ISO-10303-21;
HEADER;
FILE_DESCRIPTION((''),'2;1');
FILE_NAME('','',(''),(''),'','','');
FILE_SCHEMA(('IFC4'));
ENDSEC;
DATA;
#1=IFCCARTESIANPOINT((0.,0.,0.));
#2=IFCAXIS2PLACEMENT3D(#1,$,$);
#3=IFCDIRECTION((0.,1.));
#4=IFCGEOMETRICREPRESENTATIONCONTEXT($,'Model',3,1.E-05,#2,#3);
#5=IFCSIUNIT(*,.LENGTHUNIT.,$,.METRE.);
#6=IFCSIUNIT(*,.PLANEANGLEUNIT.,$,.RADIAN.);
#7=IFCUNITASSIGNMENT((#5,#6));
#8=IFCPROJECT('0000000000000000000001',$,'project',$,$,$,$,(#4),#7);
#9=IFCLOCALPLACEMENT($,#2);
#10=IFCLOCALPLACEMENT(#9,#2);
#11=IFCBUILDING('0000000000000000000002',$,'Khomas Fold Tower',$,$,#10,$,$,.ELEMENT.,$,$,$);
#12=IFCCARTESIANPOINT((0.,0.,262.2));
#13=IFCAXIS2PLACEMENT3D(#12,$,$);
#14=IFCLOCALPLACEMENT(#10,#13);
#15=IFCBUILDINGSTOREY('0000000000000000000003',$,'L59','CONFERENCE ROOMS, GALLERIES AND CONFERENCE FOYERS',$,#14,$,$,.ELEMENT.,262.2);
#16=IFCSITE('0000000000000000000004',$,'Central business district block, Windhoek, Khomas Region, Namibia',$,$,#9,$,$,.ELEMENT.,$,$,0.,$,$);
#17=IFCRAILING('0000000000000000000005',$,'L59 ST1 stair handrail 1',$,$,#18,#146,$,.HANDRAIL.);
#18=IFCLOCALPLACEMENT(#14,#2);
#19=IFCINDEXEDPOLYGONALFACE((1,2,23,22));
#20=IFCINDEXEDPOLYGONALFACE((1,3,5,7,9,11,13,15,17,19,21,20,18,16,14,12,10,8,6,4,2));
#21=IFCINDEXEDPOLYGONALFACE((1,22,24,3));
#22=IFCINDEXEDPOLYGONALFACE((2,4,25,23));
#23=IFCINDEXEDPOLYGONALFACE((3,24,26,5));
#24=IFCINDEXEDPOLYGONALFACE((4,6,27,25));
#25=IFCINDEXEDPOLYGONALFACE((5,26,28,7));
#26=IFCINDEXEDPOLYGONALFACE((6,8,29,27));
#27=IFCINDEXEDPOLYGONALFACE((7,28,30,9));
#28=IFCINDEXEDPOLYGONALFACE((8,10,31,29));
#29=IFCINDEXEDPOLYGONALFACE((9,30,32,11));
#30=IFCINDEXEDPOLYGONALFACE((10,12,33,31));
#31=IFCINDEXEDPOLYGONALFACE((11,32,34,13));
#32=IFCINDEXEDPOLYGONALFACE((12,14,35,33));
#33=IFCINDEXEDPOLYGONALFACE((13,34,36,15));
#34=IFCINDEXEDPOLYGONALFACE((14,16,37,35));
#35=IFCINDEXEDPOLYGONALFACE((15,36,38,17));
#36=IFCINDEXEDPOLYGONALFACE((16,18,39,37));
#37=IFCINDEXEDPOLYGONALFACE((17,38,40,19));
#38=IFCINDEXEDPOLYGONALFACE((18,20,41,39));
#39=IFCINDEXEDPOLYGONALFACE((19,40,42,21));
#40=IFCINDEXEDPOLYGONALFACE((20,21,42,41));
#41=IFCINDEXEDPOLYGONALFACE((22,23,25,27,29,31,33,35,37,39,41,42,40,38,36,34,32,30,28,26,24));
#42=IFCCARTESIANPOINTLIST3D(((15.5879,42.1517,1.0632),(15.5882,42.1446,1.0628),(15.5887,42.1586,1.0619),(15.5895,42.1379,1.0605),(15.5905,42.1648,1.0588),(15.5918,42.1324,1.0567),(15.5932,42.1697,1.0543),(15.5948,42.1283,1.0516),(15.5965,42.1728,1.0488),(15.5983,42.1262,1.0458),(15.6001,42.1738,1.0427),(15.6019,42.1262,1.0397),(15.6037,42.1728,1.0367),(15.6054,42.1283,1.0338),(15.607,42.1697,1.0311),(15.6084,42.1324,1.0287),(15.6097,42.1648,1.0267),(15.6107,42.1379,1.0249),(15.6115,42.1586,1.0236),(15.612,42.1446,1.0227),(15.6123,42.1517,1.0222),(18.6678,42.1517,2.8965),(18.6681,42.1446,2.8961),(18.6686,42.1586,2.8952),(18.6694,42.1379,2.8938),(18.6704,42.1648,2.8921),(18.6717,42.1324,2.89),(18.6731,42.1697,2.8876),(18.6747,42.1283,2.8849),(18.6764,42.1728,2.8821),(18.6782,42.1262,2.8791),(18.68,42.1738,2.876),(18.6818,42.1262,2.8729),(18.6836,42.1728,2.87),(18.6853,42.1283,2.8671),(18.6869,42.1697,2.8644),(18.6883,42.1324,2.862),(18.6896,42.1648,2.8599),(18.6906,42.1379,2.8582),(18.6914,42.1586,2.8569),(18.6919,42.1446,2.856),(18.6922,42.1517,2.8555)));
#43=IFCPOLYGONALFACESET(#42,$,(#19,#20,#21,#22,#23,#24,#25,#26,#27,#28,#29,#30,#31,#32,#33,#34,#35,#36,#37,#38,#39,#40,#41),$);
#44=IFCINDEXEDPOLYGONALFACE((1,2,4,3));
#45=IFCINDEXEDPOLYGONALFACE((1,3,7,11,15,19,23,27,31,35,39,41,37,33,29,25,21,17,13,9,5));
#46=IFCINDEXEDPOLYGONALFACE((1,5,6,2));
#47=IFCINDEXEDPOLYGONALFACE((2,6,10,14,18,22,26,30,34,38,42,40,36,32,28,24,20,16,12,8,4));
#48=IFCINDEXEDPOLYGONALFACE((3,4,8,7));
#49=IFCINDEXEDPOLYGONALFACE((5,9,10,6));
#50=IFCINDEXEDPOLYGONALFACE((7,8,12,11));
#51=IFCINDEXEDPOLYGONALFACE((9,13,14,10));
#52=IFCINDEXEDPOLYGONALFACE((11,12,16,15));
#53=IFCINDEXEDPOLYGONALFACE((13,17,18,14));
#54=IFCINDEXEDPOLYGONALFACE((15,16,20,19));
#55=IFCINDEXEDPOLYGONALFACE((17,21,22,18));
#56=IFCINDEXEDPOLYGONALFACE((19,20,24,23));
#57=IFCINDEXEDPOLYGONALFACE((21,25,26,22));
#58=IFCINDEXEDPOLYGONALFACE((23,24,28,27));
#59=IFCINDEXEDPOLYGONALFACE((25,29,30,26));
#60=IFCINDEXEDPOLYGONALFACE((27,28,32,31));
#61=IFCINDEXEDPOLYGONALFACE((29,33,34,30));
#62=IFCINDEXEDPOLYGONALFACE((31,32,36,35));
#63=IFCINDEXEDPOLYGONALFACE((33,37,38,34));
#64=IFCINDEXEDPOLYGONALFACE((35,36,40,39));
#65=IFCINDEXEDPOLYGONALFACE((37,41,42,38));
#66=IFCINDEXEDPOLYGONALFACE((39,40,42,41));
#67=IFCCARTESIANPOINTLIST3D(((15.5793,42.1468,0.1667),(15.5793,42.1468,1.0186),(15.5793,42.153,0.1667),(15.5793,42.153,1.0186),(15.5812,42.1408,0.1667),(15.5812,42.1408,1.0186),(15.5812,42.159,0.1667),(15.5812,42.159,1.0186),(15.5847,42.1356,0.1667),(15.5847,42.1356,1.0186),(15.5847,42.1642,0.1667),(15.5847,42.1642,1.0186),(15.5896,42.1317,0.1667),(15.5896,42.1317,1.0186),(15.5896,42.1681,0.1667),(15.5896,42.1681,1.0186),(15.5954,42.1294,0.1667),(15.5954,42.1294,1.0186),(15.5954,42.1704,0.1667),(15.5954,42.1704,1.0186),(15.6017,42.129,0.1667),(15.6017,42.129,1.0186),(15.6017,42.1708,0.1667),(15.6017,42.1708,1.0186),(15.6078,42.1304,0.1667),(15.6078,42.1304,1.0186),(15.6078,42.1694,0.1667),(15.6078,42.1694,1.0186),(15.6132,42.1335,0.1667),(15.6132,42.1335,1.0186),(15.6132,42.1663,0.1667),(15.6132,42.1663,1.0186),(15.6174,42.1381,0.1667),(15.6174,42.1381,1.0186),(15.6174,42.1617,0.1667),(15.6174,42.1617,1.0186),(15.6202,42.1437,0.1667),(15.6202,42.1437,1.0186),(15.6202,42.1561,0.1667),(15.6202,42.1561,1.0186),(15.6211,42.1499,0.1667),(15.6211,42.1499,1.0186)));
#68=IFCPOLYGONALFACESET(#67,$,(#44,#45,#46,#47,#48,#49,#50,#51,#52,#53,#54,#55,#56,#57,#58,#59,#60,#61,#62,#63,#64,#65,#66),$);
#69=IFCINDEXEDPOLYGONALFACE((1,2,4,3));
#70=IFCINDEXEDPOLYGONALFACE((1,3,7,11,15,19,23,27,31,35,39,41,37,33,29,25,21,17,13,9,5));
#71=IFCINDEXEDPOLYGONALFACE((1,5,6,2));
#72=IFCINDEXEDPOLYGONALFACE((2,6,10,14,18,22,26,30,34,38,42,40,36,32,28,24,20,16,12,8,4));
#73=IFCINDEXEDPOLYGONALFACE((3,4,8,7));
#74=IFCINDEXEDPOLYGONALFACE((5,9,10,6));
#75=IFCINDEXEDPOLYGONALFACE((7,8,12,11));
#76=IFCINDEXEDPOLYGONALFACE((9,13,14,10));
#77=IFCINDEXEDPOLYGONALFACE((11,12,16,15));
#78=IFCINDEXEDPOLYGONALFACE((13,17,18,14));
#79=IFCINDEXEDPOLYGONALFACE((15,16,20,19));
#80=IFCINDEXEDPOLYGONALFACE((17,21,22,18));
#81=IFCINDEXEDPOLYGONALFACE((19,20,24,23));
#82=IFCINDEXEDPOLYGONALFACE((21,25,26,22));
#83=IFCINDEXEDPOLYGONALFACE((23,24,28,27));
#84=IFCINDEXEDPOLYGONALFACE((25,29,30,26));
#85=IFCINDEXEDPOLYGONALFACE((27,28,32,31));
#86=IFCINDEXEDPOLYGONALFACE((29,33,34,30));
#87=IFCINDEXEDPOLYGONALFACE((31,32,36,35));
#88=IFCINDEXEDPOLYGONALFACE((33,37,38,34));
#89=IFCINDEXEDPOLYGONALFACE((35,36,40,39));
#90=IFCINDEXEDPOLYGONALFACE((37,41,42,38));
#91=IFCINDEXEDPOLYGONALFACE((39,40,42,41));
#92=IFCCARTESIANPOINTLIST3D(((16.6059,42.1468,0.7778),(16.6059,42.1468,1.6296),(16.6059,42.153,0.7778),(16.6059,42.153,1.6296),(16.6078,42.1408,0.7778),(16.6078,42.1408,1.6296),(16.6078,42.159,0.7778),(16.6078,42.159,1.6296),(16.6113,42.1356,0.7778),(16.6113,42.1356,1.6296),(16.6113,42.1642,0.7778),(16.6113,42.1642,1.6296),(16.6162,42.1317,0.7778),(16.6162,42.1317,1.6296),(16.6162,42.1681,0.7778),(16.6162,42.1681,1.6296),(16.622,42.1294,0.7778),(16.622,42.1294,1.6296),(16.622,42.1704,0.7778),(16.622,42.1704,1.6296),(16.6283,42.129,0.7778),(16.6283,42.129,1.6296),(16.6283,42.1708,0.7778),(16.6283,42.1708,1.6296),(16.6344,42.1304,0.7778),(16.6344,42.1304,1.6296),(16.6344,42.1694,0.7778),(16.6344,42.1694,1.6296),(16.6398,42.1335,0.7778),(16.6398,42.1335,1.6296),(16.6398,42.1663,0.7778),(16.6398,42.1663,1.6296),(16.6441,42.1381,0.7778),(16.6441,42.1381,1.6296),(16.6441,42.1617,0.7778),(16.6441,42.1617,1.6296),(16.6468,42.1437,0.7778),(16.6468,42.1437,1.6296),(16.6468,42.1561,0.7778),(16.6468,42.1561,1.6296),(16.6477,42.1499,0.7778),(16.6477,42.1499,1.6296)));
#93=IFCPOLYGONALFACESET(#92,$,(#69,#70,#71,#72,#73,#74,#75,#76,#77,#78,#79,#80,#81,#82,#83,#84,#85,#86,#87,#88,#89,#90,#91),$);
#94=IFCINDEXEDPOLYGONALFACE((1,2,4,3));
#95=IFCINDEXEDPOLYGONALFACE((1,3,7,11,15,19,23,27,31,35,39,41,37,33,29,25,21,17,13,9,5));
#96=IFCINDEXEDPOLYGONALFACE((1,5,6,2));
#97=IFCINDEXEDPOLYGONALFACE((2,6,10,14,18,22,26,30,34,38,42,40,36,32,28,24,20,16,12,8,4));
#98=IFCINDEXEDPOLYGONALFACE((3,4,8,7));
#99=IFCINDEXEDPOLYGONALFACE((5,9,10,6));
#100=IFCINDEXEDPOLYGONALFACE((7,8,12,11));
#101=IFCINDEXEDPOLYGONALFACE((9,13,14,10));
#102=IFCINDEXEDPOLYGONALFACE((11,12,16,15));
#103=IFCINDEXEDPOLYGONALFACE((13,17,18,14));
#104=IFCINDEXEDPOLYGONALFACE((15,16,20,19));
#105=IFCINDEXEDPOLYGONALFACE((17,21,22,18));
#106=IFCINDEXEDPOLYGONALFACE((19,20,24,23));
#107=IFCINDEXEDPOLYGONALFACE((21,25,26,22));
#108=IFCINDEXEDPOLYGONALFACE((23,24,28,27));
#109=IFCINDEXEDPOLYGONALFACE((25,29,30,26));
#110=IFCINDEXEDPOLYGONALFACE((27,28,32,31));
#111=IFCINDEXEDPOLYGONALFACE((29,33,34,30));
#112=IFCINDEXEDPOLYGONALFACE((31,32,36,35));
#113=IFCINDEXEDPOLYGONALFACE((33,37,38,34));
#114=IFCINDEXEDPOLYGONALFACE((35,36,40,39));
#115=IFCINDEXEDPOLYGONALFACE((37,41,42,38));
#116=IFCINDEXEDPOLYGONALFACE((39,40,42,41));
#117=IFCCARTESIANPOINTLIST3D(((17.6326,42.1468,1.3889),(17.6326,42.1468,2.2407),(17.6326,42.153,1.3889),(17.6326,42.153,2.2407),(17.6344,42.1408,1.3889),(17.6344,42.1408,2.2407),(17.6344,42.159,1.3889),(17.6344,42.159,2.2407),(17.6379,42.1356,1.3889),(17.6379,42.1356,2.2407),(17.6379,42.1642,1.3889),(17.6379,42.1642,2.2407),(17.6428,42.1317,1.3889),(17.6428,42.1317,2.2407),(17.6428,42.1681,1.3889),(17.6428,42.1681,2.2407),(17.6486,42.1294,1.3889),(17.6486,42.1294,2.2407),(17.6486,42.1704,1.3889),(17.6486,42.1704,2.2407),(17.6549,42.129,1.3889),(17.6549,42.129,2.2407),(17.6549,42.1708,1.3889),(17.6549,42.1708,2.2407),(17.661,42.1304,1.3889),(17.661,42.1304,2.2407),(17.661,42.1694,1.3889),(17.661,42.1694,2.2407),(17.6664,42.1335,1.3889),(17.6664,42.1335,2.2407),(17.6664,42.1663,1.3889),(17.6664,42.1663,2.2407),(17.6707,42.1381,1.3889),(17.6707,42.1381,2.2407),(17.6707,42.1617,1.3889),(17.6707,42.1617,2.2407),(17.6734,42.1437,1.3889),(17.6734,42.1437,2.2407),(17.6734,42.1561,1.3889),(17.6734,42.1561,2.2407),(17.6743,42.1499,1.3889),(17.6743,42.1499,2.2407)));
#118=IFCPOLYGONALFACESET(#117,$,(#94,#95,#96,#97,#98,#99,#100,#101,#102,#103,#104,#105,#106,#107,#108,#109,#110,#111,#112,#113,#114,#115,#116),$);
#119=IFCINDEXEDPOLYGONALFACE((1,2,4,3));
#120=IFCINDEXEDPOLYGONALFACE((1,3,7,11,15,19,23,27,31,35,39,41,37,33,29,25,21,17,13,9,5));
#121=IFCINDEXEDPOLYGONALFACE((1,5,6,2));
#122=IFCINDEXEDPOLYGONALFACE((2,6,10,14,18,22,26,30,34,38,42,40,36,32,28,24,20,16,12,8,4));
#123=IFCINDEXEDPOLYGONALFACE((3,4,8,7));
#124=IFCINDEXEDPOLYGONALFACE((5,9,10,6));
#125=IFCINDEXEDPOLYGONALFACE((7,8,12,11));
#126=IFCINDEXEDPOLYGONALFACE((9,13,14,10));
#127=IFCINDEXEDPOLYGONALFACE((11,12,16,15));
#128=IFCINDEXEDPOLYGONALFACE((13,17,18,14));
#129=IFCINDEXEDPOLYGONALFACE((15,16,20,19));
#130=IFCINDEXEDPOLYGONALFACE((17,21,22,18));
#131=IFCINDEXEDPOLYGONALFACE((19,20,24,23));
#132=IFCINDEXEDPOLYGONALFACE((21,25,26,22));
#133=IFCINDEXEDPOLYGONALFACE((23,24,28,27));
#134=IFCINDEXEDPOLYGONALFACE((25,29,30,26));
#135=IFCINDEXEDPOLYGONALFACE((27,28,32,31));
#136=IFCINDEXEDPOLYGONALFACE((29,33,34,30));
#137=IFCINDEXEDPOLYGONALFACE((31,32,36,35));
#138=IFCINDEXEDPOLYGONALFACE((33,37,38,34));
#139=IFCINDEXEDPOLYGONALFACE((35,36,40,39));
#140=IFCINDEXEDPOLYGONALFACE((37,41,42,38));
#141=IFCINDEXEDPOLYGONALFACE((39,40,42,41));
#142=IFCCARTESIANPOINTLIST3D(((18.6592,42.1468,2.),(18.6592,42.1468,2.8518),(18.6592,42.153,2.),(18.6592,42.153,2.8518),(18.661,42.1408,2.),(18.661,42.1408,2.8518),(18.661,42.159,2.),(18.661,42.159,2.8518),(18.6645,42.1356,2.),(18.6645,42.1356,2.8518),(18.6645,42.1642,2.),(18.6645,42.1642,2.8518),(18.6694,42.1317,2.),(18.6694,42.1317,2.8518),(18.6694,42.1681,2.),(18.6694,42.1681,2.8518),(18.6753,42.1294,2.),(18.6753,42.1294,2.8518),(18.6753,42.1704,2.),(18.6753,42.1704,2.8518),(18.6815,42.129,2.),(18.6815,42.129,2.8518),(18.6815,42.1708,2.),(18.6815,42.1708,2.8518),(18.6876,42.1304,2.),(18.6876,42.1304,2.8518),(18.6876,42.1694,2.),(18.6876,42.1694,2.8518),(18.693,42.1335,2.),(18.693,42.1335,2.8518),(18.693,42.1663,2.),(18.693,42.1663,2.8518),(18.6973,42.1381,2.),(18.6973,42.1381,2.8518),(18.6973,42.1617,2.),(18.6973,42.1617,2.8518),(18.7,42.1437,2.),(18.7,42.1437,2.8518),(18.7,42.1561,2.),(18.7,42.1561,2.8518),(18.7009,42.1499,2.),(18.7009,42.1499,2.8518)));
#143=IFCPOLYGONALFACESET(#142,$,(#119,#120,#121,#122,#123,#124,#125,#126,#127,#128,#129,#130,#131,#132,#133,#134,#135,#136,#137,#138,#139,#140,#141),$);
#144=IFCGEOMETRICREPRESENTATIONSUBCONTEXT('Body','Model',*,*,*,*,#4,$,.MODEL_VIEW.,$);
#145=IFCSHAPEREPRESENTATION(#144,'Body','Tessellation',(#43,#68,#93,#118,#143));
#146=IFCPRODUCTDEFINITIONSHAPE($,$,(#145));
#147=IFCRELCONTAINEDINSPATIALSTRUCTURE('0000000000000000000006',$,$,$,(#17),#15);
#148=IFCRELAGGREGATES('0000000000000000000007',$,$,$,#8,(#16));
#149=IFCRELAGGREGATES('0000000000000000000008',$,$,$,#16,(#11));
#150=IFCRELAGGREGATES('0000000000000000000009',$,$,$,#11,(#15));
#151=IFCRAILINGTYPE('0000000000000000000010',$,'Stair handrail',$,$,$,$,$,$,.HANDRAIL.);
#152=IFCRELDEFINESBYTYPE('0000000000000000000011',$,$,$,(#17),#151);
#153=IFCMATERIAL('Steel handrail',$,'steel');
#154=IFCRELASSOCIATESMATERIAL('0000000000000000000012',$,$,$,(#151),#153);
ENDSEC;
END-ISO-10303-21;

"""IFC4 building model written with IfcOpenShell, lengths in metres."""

from ifc_helpers import new_model, si_unit, direction, frame, origin, origin_2d, place, context, subcontext, project, spatial, circle, extrude, source, transform, mapped, material, type_object, element, save


model = new_model("IFC4")

# Units and contexts
model_context = context("Model", 3, precision=1e-05, world=origin(), true_north=direction((0.0, 1.0)))
body_context = subcontext(model_context, "Body", "Model", "MODEL_VIEW")
ifc_project = project(units=[si_unit("LENGTHUNIT", "METRE"), si_unit("PLANEANGLEUNIT", "RADIAN")], contexts=[model_context])

# Site, building, storey
site_placement = place(None, origin())
site = spatial("IfcSite", under=ifc_project, at=site_placement, Name="Central business district block, Windhoek, Khomas Region, Namibia", CompositionType="ELEMENT", RefElevation=0.0)
building_placement = place(site_placement, origin())
building = spatial("IfcBuilding", under=site, at=building_placement, Name="Khomas Fold Tower", CompositionType="ELEMENT")
storey_placement = place(building_placement, frame((0.0, 0.0, 262.2)))
storey = spatial("IfcBuildingStorey", under=building, at=storey_placement, Name="L59", Description="CONFERENCE ROOMS, GALLERIES AND CONFERENCE FOYERS", CompositionType="ELEMENT", Elevation=262.2)

# Railing
ifc_material_1 = material(Name="Steel handrail", Category="steel")
railing_type_1 = type_object("IfcRailingType", Name="Stair handrail", PredefinedType="HANDRAIL", material=ifc_material_1)
shared_shape_1 = source(origin(), body_context, "Body", "SweptSolid", [
    extrude(circle(Radius=0.0239, at=origin_2d()), frame((0.0, 0.0, 0.876), z_axis=(0.859291, 0.0, 0.511487), x_axis=(0.0, 1.0, 0.0)), (0.0, 0.0, 1.0), 3.5842),
    extrude(circle(Radius=0.021, at=origin_2d()), origin(), (0.0, 0.0, 1.0), 0.8518),
    extrude(circle(Radius=0.021, at=origin_2d()), frame((1.0266, 0.0, 0.6111)), (0.0, 0.0, 1.0), 0.8518),
    extrude(circle(Radius=0.021, at=origin_2d()), frame((2.0532, 0.0, 1.2222)), (0.0, 0.0, 1.0), 0.8518),
    extrude(circle(Radius=0.021, at=origin_2d()), frame((3.0798, 0.0, 1.8333)), (0.0, 0.0, 1.0), 0.8518),
])
railing_1_placement = place(storey_placement, frame((15.6001, 42.1499, 0.1667)))
element("IfcRailing", 1, at=railing_1_placement, inside=storey, type_object=railing_type_1, Name="L59 ST1 stair handrail 1", PredefinedType="HANDRAIL", context=body_context, shape_type="MappedRepresentation", body=[
    mapped(shared_shape_1, transform((0.0, 0.0, 0.0))),
])

save(model, "model.ifc")
